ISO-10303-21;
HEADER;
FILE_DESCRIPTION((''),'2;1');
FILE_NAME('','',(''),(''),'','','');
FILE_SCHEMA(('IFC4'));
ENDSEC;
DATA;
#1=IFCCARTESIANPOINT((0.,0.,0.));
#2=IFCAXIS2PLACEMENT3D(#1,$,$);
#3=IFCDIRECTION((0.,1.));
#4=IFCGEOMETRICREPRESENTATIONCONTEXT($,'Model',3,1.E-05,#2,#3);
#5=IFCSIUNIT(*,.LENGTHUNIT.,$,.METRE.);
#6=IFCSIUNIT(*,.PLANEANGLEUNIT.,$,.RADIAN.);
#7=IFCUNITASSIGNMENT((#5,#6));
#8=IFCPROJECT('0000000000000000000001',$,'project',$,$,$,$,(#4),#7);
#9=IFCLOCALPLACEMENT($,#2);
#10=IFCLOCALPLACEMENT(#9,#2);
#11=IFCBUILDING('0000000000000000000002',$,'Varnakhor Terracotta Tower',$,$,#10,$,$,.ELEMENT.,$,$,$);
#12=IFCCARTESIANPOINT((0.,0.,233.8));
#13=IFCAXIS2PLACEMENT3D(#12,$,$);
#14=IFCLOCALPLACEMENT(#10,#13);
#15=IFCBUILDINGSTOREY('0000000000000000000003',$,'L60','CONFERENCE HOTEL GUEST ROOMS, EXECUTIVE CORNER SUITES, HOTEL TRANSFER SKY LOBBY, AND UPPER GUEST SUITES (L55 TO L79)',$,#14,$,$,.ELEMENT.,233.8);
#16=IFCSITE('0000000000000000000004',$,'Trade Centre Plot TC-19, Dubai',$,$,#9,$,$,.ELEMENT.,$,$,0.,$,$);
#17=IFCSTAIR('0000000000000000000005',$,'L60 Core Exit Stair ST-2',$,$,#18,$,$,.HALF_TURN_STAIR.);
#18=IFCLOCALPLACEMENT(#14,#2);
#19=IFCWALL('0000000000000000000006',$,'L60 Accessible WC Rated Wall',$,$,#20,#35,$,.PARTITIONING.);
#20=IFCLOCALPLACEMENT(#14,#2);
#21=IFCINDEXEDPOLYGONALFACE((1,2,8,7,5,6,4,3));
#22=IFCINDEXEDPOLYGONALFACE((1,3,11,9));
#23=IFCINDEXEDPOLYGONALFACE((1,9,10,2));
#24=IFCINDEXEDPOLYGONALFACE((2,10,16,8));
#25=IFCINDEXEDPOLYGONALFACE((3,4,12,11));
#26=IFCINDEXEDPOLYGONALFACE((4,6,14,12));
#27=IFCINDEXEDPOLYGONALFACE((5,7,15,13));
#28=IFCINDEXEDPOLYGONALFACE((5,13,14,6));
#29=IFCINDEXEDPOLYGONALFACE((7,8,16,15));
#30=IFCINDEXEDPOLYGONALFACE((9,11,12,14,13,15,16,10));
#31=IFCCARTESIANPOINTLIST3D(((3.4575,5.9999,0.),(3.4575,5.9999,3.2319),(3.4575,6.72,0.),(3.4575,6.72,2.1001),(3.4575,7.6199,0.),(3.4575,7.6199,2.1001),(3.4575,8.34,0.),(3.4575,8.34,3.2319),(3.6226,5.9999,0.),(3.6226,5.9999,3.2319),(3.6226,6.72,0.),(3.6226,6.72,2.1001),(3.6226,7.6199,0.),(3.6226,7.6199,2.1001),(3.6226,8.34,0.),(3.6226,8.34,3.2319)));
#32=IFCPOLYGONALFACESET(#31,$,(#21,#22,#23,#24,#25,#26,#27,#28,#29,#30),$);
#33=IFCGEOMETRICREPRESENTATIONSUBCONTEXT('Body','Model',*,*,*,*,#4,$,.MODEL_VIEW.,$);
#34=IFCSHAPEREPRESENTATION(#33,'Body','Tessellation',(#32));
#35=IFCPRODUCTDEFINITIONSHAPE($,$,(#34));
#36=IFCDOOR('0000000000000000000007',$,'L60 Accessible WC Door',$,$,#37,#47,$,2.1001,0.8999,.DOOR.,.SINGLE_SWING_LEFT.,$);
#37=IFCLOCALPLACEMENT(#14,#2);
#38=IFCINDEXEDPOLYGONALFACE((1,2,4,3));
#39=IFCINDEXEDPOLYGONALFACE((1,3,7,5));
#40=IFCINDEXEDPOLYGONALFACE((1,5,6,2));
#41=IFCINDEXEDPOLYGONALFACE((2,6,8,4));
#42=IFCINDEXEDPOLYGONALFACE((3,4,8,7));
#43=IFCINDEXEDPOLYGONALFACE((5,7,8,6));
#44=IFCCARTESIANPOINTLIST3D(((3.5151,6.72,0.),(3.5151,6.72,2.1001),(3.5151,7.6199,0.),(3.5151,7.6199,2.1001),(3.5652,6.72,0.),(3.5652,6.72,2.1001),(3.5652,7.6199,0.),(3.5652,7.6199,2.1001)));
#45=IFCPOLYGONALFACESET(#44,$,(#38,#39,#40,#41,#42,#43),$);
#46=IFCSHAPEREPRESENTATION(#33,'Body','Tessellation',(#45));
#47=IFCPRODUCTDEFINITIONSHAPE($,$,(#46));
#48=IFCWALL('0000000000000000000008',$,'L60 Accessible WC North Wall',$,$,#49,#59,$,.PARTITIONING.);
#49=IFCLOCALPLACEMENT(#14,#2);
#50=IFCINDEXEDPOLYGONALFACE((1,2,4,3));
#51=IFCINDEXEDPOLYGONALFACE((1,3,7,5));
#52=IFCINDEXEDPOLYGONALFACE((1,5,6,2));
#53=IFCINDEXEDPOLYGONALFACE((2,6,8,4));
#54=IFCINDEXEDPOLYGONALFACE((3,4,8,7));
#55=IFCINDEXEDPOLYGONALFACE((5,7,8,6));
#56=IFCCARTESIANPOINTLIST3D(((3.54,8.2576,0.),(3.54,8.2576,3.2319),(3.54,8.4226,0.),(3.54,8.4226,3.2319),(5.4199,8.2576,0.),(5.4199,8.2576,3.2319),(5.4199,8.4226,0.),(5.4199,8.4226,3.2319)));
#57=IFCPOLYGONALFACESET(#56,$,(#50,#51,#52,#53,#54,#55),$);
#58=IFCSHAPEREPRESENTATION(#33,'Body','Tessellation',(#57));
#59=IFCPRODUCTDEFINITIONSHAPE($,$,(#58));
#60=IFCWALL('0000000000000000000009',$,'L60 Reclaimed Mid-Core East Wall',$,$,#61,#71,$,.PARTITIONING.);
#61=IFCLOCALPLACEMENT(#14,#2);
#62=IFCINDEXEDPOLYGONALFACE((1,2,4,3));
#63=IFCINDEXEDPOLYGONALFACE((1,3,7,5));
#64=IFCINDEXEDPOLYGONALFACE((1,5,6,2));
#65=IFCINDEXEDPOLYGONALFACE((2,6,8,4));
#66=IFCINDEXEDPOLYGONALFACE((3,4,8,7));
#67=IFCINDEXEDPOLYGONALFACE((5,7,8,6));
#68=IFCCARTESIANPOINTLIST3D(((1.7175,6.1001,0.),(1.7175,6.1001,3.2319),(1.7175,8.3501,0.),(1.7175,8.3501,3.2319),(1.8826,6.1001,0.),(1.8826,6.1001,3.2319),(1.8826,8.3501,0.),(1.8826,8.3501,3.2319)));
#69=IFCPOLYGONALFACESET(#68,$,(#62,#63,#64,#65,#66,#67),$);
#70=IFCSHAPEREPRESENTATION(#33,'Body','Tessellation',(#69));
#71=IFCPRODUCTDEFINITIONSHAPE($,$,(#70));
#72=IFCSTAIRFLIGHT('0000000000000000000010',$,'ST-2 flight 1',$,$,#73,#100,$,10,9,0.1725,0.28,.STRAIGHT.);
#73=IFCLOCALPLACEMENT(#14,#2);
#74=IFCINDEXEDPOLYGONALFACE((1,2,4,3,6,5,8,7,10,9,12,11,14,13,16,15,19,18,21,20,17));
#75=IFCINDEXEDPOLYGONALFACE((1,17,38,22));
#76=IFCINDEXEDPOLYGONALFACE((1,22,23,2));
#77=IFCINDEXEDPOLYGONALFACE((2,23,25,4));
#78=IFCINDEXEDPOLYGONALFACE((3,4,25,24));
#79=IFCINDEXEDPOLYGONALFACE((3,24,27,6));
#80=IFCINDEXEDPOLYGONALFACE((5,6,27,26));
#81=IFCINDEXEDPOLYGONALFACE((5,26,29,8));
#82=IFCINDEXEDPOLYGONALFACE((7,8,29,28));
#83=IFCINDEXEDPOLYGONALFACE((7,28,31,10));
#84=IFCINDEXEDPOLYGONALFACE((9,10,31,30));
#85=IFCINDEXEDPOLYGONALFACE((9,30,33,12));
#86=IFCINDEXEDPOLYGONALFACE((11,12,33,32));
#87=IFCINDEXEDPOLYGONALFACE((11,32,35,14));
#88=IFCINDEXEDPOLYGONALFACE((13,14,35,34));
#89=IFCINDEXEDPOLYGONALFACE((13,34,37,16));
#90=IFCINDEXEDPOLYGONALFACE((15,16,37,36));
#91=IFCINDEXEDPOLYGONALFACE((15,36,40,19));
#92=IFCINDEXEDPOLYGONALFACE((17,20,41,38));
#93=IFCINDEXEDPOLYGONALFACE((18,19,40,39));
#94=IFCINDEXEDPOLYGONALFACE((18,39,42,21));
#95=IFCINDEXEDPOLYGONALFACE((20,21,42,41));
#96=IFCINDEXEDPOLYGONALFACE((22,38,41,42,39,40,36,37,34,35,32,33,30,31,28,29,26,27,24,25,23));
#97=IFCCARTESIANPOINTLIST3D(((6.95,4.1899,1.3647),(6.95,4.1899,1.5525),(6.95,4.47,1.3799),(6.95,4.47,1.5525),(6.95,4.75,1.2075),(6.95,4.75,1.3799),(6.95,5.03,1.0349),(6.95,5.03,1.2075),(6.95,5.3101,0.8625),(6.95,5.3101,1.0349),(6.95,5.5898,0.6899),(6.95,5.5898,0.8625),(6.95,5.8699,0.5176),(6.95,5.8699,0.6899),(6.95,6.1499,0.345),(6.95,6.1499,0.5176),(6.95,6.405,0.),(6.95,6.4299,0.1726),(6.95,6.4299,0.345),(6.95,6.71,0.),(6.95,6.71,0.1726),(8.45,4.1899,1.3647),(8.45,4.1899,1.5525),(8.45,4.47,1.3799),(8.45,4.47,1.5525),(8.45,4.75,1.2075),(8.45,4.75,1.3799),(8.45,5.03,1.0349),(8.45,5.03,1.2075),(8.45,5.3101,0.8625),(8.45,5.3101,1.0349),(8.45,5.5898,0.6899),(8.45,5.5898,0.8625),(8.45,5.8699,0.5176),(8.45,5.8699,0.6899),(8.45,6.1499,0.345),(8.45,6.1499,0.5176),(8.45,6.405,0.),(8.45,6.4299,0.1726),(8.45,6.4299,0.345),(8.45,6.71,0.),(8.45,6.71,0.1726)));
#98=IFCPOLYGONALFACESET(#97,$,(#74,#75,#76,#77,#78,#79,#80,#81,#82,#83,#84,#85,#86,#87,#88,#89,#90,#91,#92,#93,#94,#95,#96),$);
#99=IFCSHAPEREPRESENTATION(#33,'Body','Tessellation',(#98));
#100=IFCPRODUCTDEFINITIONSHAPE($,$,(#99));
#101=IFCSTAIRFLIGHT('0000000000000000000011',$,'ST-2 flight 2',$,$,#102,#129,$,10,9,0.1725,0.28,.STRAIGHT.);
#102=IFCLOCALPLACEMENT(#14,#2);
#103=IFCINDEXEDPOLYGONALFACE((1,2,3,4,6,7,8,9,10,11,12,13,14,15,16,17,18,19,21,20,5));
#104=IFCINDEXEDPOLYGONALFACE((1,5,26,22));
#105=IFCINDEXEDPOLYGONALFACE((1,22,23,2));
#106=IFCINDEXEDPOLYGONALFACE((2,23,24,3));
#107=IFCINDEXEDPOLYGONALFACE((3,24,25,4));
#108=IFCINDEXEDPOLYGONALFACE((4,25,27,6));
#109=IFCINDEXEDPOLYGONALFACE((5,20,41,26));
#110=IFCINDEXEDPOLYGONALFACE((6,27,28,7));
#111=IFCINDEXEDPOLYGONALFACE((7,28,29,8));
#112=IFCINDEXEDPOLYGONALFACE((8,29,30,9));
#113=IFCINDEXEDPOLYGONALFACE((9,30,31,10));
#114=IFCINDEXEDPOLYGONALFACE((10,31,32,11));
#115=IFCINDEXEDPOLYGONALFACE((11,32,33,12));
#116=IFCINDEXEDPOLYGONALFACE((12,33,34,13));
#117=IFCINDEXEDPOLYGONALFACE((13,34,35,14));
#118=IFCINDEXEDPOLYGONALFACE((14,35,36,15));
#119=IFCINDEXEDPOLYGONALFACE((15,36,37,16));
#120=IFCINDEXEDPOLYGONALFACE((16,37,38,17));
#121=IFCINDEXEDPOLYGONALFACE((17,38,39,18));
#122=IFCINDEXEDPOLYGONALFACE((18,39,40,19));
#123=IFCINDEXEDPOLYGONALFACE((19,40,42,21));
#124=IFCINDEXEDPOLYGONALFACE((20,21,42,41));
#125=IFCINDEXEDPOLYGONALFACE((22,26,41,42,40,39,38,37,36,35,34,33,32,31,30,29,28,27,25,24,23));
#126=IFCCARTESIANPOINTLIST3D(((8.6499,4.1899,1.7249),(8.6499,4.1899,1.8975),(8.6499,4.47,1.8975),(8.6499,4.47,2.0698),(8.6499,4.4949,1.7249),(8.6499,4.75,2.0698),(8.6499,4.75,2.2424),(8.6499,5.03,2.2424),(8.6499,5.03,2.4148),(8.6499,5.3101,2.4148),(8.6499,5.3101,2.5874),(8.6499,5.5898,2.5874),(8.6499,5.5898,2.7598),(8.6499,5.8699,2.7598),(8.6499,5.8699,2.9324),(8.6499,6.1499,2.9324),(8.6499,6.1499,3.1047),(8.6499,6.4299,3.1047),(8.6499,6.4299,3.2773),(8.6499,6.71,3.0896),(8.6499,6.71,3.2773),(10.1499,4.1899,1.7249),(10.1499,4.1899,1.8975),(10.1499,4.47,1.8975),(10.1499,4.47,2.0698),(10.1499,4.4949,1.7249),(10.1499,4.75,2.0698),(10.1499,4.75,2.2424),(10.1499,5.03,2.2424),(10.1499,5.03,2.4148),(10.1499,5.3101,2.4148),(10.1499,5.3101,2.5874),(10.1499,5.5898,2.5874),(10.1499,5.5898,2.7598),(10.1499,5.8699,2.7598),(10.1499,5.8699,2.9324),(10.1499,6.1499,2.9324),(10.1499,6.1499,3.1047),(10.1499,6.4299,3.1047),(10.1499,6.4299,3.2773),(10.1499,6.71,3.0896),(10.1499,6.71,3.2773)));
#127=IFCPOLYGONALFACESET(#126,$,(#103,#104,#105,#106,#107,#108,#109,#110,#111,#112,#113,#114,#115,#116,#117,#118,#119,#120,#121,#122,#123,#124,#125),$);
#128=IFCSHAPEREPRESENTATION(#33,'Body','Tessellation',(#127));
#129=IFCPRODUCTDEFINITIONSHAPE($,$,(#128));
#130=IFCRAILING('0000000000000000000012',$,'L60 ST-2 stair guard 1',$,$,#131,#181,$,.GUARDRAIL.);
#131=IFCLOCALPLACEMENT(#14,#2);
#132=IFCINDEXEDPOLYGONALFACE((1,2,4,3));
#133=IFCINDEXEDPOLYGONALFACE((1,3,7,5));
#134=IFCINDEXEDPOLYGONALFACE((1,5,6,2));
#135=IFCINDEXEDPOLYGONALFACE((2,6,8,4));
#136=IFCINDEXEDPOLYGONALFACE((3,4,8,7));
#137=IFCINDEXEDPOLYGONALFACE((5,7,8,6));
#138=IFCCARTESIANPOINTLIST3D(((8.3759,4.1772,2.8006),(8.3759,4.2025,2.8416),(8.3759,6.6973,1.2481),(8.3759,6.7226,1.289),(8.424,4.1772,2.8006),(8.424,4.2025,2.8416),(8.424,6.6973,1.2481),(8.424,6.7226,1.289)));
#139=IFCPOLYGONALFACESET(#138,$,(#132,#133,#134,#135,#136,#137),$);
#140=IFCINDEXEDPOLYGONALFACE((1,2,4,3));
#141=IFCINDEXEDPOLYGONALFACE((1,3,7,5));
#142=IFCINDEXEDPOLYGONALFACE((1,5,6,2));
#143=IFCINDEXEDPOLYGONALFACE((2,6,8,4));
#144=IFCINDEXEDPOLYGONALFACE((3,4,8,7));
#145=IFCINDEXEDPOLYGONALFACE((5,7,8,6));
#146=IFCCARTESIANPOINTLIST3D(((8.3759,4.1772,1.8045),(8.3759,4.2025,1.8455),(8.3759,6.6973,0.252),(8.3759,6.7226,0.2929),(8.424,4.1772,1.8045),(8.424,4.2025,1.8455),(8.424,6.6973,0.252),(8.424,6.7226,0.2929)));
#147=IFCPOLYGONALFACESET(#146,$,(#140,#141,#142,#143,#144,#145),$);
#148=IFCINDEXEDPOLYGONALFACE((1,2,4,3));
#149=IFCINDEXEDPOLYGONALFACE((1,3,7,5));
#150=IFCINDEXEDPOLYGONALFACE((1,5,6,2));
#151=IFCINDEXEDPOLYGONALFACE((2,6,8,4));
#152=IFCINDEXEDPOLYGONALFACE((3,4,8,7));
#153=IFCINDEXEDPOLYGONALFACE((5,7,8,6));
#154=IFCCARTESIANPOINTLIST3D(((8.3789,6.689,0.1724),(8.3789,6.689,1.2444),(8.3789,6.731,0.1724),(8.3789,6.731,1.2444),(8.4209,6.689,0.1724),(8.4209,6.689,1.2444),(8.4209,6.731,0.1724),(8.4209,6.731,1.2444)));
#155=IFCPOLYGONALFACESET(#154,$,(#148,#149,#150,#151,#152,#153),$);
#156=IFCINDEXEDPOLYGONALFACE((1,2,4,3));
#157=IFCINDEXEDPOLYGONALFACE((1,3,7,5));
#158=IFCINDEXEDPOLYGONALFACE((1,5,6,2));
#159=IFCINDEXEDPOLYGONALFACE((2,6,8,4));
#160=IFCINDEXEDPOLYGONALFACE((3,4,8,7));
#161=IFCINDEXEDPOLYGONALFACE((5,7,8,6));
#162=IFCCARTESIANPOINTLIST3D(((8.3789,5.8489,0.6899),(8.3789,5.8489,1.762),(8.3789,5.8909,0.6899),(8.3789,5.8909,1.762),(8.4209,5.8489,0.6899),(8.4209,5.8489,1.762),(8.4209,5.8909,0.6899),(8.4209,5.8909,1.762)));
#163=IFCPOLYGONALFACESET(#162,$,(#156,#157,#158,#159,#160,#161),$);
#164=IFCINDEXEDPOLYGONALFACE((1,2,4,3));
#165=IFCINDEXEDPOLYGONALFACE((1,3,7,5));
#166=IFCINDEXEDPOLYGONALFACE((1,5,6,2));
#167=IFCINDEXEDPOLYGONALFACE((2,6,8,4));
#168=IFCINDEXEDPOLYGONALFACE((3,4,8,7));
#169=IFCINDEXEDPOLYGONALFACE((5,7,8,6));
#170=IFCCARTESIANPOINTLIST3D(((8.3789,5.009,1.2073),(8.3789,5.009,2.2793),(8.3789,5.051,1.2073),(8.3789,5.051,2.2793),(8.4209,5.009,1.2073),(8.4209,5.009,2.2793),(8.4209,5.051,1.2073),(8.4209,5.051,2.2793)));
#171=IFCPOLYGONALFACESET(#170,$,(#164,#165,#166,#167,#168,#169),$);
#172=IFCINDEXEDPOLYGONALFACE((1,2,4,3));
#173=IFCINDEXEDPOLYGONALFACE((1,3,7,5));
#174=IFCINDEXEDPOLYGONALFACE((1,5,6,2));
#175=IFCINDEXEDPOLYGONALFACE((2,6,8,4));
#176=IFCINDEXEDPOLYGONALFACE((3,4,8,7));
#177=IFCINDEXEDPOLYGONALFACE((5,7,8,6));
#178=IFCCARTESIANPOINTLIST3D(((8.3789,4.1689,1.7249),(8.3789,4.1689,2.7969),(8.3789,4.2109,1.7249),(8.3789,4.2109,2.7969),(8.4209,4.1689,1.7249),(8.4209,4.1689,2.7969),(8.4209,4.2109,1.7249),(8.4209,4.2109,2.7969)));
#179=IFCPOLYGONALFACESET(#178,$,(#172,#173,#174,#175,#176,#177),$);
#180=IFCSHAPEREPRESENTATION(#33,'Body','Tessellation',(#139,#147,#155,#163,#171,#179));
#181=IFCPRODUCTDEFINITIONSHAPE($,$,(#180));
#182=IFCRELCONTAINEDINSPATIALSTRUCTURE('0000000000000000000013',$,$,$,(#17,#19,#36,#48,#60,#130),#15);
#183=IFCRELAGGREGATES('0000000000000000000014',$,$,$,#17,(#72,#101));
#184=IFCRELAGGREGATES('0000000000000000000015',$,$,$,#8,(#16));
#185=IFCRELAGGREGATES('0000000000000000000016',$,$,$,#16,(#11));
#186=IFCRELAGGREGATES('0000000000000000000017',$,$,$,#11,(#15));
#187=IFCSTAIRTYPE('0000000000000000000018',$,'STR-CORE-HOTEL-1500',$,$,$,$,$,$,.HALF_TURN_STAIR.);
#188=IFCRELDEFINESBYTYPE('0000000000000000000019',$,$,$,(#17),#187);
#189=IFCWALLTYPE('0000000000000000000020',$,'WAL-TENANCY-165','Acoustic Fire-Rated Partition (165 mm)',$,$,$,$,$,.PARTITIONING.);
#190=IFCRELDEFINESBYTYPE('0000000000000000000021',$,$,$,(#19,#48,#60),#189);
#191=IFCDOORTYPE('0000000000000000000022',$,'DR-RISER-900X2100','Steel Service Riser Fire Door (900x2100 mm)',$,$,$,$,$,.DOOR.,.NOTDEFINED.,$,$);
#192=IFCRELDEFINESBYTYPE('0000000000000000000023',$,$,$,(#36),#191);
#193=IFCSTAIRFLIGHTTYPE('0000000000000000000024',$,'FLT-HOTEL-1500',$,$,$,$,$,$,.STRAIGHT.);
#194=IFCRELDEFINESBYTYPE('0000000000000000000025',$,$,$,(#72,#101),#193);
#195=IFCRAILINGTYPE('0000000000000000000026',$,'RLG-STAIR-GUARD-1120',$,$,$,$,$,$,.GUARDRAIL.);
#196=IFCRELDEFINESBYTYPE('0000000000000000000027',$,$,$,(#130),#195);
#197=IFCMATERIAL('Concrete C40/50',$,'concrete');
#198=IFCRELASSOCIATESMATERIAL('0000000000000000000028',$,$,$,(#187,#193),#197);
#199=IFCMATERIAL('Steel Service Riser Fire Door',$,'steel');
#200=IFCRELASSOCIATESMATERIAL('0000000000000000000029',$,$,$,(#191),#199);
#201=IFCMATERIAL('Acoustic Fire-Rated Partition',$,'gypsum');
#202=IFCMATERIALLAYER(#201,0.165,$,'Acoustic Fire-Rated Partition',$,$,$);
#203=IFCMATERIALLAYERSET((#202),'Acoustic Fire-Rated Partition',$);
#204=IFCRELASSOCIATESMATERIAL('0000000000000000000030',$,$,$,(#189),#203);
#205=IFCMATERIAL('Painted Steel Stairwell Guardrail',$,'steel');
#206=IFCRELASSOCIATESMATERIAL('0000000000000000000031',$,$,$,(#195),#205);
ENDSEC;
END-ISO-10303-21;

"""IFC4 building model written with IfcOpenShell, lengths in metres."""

from ifc_helpers import new_model, si_unit, direction, frame, frame_2d, origin, origin_2d, place, context, subcontext, project, spatial, polyline, rectangle, outline, extrude, source, transform, mapped, material, layer, layer_set, type_object, type_shapes, element, fill, aggregate, save


model = new_model("IFC4")

# Units and contexts
model_context = context("Model", 3, precision=1e-05, world=origin(), true_north=direction((0.0, 1.0)))
body_context = subcontext(model_context, "Body", "Model", "MODEL_VIEW")
ifc_project = project(units=[si_unit("LENGTHUNIT", "METRE"), si_unit("PLANEANGLEUNIT", "RADIAN")], contexts=[model_context])

# Site, building, storey
site_placement = place(None, origin())
site = spatial("IfcSite", under=ifc_project, at=site_placement, Name="Trade Centre Plot TC-19, Dubai", CompositionType="ELEMENT", RefElevation=0.0)
building_placement = place(site_placement, origin())
building = spatial("IfcBuilding", under=site, at=building_placement, Name="Varnakhor Terracotta Tower", CompositionType="ELEMENT")
storey_placement = place(building_placement, frame((0.0, 0.0, 233.8)))
storey = spatial("IfcBuildingStorey", under=building, at=storey_placement, Name="L60", Description="CONFERENCE HOTEL GUEST ROOMS, EXECUTIVE CORNER SUITES, HOTEL TRANSFER SKY LOBBY, AND UPPER GUEST SUITES (L55 TO L79)", CompositionType="ELEMENT", Elevation=233.8)

# Shared definitions
ifc_material_1 = material(Name="Concrete C40/50", Category="concrete")

# Stair
stair_type = type_object("IfcStairType", Name="STR-CORE-HOTEL-1500", PredefinedType="HALF_TURN_STAIR", material=ifc_material_1)
stair_1_placement = place(storey_placement, origin())
stair_1 = element("IfcStair", 1, at=stair_1_placement, inside=storey, type_object=stair_type, Name="L60 Core Exit Stair ST-2", PredefinedType="HALF_TURN_STAIR")

# Shared definitions
ifc_material_2 = material(Name="Acoustic Fire-Rated Partition", Category="gypsum")

# Wall, opening, door
ifc_material_3 = material(Name="Steel Service Riser Fire Door", Category="steel")
door_type_1 = type_object("IfcDoorType", Name="DR-RISER-900X2100", Description="Steel Service Riser Fire Door (900x2100 mm)", OperationType="NOTDEFINED", PredefinedType="DOOR", material=ifc_material_3)
shared_shape_1 = source(origin(), body_context, "Body", "SweptSolid", [
    extrude(rectangle(XDim=0.8999, YDim=2.1001, at=frame_2d((0.45, 1.05))), frame((0.0, 0.0249, 0.0), z_axis=(0.0, -1.0, 0.0), x_axis=(1.0, 0.0, 0.0)), (0.0, 0.0, 1.0), 0.05),
])
type_shapes(door_type_1, [shared_shape_1])
ifc_layer_1 = layer(ifc_material_2, 0.165, Name="Acoustic Fire-Rated Partition")
ifc_layer_set_1 = layer_set([ifc_layer_1], Name="Acoustic Fire-Rated Partition")
wall_type_1 = type_object("IfcWallType", Name="WAL-TENANCY-165", Description="Acoustic Fire-Rated Partition (165 mm)", PredefinedType="PARTITIONING", material=ifc_layer_set_1)
wall_1_placement = place(storey_placement, frame((3.54, 6.0, 0.0), z_axis=(0.0, 0.0, 1.0), x_axis=(0.0, 1.0, 0.0)))
wall_1 = element("IfcWall", 2, at=wall_1_placement, inside=storey, type_object=wall_type_1, Name="L60 Accessible WC Rated Wall", PredefinedType="PARTITIONING", context=body_context, shape_type="SweptSolid", body=[
    extrude(rectangle(XDim=2.3401, YDim=0.165, at=frame_2d((1.1699, 0.0))), origin(), (0.0, 0.0, 1.0), 3.2319),
])
opening_1_placement = place(wall_1_placement, frame((0.72, 0.0, 0.0)))
opening_1 = element("IfcOpeningElement", 3, at=opening_1_placement, cuts=wall_1, PredefinedType="OPENING", context=body_context, shape_type="SweptSolid", body=[
    extrude(rectangle(XDim=0.8999, YDim=2.1001, at=frame_2d((0.45, 1.05))), frame((0.0, 0.0925, 0.0), z_axis=(0.0, -1.0, 0.0), x_axis=(1.0, 0.0, 0.0)), (0.0, 0.0, 1.0), 0.1851),
])
door_1_placement = place(opening_1_placement, origin())
door_1 = element("IfcDoor", 4, at=door_1_placement, inside=storey, type_object=door_type_1, Name="L60 Accessible WC Door", OperationType="SINGLE_SWING_LEFT", OverallHeight=2.1001, OverallWidth=0.8999, PredefinedType="DOOR", context=body_context, shape_type="MappedRepresentation", body=[
    mapped(shared_shape_1, transform((0.0, 0.0, 0.0), scale=1.0)),
])
fill(opening_1, door_1)

# Walls
wall_2_placement = place(storey_placement, frame((3.54, 8.3401, 0.0), z_axis=(0.0, 0.0, 1.0), x_axis=(1.0, 0.0, 0.0)))
element("IfcWall", 5, at=wall_2_placement, inside=storey, type_object=wall_type_1, Name="L60 Accessible WC North Wall", PredefinedType="PARTITIONING", context=body_context, shape_type="SweptSolid", body=[
    extrude(rectangle(XDim=1.8799, YDim=0.165, at=frame_2d((0.9399, 0.0))), origin(), (0.0, 0.0, 1.0), 3.2319),
])
wall_3_placement = place(storey_placement, frame((1.8, 6.1001, 0.0), z_axis=(0.0, 0.0, 1.0), x_axis=(0.0, 1.0, 0.0)))
element("IfcWall", 6, at=wall_3_placement, inside=storey, type_object=wall_type_1, Name="L60 Reclaimed Mid-Core East Wall", PredefinedType="PARTITIONING", context=body_context, shape_type="SweptSolid", body=[
    extrude(rectangle(XDim=2.25, YDim=0.165, at=frame_2d((1.125, 0.0))), origin(), (0.0, 0.0, 1.0), 3.2319),
])

# Stair flights
stair_flight_type = type_object("IfcStairFlightType", Name="FLT-HOTEL-1500", PredefinedType="STRAIGHT", material=ifc_material_1)
stair_flight_1_placement = place(storey_placement, frame((7.7, 6.71, 0.0), z_axis=(0.0, 0.0, 1.0), x_axis=(0.0, -1.0, 0.0)))
stair_flight_1 = element("IfcStairFlight", 7, at=stair_flight_1_placement, type_object=stair_flight_type, Name="ST-2 flight 1", NumberOfRisers=10, NumberOfTreads=9, PredefinedType="STRAIGHT", RiserHeight=0.1725, TreadLength=0.28, context=body_context, shape_type="SweptSolid", body=[
    extrude(outline(polyline([(0.0, 0.0), (0.0, 0.1726), (0.28, 0.1726), (0.28, 0.345), (0.5601, 0.345), (0.5601, 0.5176), (0.8401, 0.5176), (0.8401, 0.6899), (1.1201, 0.6899), (1.1201, 0.8625), (1.3999, 0.8625), (1.3999, 1.0349), (1.6799, 1.0349), (1.6799, 1.2075), (1.96, 1.2075), (1.96, 1.3799), (2.24, 1.3799), (2.24, 1.5525), (2.52, 1.5525), (2.52, 1.7251), (2.52, 1.3647), (0.3049, 0.0), (0.0, 0.0)])), frame((0.0, 0.75, 0.0), z_axis=(0.0, -1.0, 0.0), x_axis=(1.0, 0.0, 0.0)), (0.0, 0.0, 1.0), 1.5),
])
stair_flight_2_placement = place(storey_placement, frame((9.3999, 4.1899, 1.7249), z_axis=(0.0, 0.0, 1.0), x_axis=(0.0, 1.0, 0.0)))
stair_flight_2 = element("IfcStairFlight", 8, at=stair_flight_2_placement, type_object=stair_flight_type, Name="ST-2 flight 2", NumberOfRisers=10, NumberOfTreads=9, PredefinedType="STRAIGHT", RiserHeight=0.1725, TreadLength=0.28, context=body_context, shape_type="SweptSolid", body=[
    extrude(outline(polyline([(0.0, 0.0), (0.0, 0.1726), (0.28, 0.1726), (0.28, 0.345), (0.5601, 0.345), (0.5601, 0.5176), (0.8401, 0.5176), (0.8401, 0.6899), (1.1201, 0.6899), (1.1201, 0.8625), (1.3999, 0.8625), (1.3999, 1.0349), (1.6799, 1.0349), (1.6799, 1.2075), (1.96, 1.2075), (1.96, 1.3799), (2.24, 1.3799), (2.24, 1.5525), (2.52, 1.5525), (2.52, 1.7251), (2.52, 1.3647), (0.3049, 0.0), (0.0, 0.0)])), frame((0.0, 0.75, 0.0), z_axis=(0.0, -1.0, 0.0), x_axis=(1.0, 0.0, 0.0)), (0.0, 0.0, 1.0), 1.5),
])
aggregate(stair_1, [stair_flight_1, stair_flight_2])

# Railing
ifc_material_4 = material(Name="Painted Steel Stairwell Guardrail", Category="steel")
railing_type_1 = type_object("IfcRailingType", Name="RLG-STAIR-GUARD-1120", PredefinedType="GUARDRAIL", material=ifc_material_4)
railing_1_placement = place(storey_placement, frame((8.3999, 6.71, 0.1724)))
element("IfcRailing", 9, at=railing_1_placement, inside=storey, type_object=railing_type_1, Name="L60 ST-2 stair guard 1", PredefinedType="GUARDRAIL", context=body_context, shape_type="SweptSolid", body=[
    extrude(rectangle(XDim=0.0481, YDim=0.0481, at=origin_2d()), frame((0.0, 0.0, 1.0962), z_axis=(0.0, -0.8514, 0.524516), x_axis=(1.0, 0.0, 0.0)), (0.0, 0.0, 1.0), 2.96),
    extrude(rectangle(XDim=0.0481, YDim=0.0481, at=origin_2d()), frame((0.0, 0.0, 0.1001), z_axis=(0.0, -0.8514, 0.524516), x_axis=(1.0, 0.0, 0.0)), (0.0, 0.0, 1.0), 2.96),
    extrude(rectangle(XDim=0.042, YDim=0.042, at=origin_2d()), origin(), (0.0, 0.0, 1.0), 1.072),
    extrude(rectangle(XDim=0.042, YDim=0.042, at=origin_2d()), frame((0.0, -0.8401, 0.5176)), (0.0, 0.0, 1.0), 1.072),
    extrude(rectangle(XDim=0.042, YDim=0.042, at=origin_2d()), frame((0.0, -1.6799, 1.0349)), (0.0, 0.0, 1.0), 1.072),
    extrude(rectangle(XDim=0.042, YDim=0.042, at=origin_2d()), frame((0.0, -2.52, 1.5525)), (0.0, 0.0, 1.0), 1.072),
])

save(model, "model.ifc")
